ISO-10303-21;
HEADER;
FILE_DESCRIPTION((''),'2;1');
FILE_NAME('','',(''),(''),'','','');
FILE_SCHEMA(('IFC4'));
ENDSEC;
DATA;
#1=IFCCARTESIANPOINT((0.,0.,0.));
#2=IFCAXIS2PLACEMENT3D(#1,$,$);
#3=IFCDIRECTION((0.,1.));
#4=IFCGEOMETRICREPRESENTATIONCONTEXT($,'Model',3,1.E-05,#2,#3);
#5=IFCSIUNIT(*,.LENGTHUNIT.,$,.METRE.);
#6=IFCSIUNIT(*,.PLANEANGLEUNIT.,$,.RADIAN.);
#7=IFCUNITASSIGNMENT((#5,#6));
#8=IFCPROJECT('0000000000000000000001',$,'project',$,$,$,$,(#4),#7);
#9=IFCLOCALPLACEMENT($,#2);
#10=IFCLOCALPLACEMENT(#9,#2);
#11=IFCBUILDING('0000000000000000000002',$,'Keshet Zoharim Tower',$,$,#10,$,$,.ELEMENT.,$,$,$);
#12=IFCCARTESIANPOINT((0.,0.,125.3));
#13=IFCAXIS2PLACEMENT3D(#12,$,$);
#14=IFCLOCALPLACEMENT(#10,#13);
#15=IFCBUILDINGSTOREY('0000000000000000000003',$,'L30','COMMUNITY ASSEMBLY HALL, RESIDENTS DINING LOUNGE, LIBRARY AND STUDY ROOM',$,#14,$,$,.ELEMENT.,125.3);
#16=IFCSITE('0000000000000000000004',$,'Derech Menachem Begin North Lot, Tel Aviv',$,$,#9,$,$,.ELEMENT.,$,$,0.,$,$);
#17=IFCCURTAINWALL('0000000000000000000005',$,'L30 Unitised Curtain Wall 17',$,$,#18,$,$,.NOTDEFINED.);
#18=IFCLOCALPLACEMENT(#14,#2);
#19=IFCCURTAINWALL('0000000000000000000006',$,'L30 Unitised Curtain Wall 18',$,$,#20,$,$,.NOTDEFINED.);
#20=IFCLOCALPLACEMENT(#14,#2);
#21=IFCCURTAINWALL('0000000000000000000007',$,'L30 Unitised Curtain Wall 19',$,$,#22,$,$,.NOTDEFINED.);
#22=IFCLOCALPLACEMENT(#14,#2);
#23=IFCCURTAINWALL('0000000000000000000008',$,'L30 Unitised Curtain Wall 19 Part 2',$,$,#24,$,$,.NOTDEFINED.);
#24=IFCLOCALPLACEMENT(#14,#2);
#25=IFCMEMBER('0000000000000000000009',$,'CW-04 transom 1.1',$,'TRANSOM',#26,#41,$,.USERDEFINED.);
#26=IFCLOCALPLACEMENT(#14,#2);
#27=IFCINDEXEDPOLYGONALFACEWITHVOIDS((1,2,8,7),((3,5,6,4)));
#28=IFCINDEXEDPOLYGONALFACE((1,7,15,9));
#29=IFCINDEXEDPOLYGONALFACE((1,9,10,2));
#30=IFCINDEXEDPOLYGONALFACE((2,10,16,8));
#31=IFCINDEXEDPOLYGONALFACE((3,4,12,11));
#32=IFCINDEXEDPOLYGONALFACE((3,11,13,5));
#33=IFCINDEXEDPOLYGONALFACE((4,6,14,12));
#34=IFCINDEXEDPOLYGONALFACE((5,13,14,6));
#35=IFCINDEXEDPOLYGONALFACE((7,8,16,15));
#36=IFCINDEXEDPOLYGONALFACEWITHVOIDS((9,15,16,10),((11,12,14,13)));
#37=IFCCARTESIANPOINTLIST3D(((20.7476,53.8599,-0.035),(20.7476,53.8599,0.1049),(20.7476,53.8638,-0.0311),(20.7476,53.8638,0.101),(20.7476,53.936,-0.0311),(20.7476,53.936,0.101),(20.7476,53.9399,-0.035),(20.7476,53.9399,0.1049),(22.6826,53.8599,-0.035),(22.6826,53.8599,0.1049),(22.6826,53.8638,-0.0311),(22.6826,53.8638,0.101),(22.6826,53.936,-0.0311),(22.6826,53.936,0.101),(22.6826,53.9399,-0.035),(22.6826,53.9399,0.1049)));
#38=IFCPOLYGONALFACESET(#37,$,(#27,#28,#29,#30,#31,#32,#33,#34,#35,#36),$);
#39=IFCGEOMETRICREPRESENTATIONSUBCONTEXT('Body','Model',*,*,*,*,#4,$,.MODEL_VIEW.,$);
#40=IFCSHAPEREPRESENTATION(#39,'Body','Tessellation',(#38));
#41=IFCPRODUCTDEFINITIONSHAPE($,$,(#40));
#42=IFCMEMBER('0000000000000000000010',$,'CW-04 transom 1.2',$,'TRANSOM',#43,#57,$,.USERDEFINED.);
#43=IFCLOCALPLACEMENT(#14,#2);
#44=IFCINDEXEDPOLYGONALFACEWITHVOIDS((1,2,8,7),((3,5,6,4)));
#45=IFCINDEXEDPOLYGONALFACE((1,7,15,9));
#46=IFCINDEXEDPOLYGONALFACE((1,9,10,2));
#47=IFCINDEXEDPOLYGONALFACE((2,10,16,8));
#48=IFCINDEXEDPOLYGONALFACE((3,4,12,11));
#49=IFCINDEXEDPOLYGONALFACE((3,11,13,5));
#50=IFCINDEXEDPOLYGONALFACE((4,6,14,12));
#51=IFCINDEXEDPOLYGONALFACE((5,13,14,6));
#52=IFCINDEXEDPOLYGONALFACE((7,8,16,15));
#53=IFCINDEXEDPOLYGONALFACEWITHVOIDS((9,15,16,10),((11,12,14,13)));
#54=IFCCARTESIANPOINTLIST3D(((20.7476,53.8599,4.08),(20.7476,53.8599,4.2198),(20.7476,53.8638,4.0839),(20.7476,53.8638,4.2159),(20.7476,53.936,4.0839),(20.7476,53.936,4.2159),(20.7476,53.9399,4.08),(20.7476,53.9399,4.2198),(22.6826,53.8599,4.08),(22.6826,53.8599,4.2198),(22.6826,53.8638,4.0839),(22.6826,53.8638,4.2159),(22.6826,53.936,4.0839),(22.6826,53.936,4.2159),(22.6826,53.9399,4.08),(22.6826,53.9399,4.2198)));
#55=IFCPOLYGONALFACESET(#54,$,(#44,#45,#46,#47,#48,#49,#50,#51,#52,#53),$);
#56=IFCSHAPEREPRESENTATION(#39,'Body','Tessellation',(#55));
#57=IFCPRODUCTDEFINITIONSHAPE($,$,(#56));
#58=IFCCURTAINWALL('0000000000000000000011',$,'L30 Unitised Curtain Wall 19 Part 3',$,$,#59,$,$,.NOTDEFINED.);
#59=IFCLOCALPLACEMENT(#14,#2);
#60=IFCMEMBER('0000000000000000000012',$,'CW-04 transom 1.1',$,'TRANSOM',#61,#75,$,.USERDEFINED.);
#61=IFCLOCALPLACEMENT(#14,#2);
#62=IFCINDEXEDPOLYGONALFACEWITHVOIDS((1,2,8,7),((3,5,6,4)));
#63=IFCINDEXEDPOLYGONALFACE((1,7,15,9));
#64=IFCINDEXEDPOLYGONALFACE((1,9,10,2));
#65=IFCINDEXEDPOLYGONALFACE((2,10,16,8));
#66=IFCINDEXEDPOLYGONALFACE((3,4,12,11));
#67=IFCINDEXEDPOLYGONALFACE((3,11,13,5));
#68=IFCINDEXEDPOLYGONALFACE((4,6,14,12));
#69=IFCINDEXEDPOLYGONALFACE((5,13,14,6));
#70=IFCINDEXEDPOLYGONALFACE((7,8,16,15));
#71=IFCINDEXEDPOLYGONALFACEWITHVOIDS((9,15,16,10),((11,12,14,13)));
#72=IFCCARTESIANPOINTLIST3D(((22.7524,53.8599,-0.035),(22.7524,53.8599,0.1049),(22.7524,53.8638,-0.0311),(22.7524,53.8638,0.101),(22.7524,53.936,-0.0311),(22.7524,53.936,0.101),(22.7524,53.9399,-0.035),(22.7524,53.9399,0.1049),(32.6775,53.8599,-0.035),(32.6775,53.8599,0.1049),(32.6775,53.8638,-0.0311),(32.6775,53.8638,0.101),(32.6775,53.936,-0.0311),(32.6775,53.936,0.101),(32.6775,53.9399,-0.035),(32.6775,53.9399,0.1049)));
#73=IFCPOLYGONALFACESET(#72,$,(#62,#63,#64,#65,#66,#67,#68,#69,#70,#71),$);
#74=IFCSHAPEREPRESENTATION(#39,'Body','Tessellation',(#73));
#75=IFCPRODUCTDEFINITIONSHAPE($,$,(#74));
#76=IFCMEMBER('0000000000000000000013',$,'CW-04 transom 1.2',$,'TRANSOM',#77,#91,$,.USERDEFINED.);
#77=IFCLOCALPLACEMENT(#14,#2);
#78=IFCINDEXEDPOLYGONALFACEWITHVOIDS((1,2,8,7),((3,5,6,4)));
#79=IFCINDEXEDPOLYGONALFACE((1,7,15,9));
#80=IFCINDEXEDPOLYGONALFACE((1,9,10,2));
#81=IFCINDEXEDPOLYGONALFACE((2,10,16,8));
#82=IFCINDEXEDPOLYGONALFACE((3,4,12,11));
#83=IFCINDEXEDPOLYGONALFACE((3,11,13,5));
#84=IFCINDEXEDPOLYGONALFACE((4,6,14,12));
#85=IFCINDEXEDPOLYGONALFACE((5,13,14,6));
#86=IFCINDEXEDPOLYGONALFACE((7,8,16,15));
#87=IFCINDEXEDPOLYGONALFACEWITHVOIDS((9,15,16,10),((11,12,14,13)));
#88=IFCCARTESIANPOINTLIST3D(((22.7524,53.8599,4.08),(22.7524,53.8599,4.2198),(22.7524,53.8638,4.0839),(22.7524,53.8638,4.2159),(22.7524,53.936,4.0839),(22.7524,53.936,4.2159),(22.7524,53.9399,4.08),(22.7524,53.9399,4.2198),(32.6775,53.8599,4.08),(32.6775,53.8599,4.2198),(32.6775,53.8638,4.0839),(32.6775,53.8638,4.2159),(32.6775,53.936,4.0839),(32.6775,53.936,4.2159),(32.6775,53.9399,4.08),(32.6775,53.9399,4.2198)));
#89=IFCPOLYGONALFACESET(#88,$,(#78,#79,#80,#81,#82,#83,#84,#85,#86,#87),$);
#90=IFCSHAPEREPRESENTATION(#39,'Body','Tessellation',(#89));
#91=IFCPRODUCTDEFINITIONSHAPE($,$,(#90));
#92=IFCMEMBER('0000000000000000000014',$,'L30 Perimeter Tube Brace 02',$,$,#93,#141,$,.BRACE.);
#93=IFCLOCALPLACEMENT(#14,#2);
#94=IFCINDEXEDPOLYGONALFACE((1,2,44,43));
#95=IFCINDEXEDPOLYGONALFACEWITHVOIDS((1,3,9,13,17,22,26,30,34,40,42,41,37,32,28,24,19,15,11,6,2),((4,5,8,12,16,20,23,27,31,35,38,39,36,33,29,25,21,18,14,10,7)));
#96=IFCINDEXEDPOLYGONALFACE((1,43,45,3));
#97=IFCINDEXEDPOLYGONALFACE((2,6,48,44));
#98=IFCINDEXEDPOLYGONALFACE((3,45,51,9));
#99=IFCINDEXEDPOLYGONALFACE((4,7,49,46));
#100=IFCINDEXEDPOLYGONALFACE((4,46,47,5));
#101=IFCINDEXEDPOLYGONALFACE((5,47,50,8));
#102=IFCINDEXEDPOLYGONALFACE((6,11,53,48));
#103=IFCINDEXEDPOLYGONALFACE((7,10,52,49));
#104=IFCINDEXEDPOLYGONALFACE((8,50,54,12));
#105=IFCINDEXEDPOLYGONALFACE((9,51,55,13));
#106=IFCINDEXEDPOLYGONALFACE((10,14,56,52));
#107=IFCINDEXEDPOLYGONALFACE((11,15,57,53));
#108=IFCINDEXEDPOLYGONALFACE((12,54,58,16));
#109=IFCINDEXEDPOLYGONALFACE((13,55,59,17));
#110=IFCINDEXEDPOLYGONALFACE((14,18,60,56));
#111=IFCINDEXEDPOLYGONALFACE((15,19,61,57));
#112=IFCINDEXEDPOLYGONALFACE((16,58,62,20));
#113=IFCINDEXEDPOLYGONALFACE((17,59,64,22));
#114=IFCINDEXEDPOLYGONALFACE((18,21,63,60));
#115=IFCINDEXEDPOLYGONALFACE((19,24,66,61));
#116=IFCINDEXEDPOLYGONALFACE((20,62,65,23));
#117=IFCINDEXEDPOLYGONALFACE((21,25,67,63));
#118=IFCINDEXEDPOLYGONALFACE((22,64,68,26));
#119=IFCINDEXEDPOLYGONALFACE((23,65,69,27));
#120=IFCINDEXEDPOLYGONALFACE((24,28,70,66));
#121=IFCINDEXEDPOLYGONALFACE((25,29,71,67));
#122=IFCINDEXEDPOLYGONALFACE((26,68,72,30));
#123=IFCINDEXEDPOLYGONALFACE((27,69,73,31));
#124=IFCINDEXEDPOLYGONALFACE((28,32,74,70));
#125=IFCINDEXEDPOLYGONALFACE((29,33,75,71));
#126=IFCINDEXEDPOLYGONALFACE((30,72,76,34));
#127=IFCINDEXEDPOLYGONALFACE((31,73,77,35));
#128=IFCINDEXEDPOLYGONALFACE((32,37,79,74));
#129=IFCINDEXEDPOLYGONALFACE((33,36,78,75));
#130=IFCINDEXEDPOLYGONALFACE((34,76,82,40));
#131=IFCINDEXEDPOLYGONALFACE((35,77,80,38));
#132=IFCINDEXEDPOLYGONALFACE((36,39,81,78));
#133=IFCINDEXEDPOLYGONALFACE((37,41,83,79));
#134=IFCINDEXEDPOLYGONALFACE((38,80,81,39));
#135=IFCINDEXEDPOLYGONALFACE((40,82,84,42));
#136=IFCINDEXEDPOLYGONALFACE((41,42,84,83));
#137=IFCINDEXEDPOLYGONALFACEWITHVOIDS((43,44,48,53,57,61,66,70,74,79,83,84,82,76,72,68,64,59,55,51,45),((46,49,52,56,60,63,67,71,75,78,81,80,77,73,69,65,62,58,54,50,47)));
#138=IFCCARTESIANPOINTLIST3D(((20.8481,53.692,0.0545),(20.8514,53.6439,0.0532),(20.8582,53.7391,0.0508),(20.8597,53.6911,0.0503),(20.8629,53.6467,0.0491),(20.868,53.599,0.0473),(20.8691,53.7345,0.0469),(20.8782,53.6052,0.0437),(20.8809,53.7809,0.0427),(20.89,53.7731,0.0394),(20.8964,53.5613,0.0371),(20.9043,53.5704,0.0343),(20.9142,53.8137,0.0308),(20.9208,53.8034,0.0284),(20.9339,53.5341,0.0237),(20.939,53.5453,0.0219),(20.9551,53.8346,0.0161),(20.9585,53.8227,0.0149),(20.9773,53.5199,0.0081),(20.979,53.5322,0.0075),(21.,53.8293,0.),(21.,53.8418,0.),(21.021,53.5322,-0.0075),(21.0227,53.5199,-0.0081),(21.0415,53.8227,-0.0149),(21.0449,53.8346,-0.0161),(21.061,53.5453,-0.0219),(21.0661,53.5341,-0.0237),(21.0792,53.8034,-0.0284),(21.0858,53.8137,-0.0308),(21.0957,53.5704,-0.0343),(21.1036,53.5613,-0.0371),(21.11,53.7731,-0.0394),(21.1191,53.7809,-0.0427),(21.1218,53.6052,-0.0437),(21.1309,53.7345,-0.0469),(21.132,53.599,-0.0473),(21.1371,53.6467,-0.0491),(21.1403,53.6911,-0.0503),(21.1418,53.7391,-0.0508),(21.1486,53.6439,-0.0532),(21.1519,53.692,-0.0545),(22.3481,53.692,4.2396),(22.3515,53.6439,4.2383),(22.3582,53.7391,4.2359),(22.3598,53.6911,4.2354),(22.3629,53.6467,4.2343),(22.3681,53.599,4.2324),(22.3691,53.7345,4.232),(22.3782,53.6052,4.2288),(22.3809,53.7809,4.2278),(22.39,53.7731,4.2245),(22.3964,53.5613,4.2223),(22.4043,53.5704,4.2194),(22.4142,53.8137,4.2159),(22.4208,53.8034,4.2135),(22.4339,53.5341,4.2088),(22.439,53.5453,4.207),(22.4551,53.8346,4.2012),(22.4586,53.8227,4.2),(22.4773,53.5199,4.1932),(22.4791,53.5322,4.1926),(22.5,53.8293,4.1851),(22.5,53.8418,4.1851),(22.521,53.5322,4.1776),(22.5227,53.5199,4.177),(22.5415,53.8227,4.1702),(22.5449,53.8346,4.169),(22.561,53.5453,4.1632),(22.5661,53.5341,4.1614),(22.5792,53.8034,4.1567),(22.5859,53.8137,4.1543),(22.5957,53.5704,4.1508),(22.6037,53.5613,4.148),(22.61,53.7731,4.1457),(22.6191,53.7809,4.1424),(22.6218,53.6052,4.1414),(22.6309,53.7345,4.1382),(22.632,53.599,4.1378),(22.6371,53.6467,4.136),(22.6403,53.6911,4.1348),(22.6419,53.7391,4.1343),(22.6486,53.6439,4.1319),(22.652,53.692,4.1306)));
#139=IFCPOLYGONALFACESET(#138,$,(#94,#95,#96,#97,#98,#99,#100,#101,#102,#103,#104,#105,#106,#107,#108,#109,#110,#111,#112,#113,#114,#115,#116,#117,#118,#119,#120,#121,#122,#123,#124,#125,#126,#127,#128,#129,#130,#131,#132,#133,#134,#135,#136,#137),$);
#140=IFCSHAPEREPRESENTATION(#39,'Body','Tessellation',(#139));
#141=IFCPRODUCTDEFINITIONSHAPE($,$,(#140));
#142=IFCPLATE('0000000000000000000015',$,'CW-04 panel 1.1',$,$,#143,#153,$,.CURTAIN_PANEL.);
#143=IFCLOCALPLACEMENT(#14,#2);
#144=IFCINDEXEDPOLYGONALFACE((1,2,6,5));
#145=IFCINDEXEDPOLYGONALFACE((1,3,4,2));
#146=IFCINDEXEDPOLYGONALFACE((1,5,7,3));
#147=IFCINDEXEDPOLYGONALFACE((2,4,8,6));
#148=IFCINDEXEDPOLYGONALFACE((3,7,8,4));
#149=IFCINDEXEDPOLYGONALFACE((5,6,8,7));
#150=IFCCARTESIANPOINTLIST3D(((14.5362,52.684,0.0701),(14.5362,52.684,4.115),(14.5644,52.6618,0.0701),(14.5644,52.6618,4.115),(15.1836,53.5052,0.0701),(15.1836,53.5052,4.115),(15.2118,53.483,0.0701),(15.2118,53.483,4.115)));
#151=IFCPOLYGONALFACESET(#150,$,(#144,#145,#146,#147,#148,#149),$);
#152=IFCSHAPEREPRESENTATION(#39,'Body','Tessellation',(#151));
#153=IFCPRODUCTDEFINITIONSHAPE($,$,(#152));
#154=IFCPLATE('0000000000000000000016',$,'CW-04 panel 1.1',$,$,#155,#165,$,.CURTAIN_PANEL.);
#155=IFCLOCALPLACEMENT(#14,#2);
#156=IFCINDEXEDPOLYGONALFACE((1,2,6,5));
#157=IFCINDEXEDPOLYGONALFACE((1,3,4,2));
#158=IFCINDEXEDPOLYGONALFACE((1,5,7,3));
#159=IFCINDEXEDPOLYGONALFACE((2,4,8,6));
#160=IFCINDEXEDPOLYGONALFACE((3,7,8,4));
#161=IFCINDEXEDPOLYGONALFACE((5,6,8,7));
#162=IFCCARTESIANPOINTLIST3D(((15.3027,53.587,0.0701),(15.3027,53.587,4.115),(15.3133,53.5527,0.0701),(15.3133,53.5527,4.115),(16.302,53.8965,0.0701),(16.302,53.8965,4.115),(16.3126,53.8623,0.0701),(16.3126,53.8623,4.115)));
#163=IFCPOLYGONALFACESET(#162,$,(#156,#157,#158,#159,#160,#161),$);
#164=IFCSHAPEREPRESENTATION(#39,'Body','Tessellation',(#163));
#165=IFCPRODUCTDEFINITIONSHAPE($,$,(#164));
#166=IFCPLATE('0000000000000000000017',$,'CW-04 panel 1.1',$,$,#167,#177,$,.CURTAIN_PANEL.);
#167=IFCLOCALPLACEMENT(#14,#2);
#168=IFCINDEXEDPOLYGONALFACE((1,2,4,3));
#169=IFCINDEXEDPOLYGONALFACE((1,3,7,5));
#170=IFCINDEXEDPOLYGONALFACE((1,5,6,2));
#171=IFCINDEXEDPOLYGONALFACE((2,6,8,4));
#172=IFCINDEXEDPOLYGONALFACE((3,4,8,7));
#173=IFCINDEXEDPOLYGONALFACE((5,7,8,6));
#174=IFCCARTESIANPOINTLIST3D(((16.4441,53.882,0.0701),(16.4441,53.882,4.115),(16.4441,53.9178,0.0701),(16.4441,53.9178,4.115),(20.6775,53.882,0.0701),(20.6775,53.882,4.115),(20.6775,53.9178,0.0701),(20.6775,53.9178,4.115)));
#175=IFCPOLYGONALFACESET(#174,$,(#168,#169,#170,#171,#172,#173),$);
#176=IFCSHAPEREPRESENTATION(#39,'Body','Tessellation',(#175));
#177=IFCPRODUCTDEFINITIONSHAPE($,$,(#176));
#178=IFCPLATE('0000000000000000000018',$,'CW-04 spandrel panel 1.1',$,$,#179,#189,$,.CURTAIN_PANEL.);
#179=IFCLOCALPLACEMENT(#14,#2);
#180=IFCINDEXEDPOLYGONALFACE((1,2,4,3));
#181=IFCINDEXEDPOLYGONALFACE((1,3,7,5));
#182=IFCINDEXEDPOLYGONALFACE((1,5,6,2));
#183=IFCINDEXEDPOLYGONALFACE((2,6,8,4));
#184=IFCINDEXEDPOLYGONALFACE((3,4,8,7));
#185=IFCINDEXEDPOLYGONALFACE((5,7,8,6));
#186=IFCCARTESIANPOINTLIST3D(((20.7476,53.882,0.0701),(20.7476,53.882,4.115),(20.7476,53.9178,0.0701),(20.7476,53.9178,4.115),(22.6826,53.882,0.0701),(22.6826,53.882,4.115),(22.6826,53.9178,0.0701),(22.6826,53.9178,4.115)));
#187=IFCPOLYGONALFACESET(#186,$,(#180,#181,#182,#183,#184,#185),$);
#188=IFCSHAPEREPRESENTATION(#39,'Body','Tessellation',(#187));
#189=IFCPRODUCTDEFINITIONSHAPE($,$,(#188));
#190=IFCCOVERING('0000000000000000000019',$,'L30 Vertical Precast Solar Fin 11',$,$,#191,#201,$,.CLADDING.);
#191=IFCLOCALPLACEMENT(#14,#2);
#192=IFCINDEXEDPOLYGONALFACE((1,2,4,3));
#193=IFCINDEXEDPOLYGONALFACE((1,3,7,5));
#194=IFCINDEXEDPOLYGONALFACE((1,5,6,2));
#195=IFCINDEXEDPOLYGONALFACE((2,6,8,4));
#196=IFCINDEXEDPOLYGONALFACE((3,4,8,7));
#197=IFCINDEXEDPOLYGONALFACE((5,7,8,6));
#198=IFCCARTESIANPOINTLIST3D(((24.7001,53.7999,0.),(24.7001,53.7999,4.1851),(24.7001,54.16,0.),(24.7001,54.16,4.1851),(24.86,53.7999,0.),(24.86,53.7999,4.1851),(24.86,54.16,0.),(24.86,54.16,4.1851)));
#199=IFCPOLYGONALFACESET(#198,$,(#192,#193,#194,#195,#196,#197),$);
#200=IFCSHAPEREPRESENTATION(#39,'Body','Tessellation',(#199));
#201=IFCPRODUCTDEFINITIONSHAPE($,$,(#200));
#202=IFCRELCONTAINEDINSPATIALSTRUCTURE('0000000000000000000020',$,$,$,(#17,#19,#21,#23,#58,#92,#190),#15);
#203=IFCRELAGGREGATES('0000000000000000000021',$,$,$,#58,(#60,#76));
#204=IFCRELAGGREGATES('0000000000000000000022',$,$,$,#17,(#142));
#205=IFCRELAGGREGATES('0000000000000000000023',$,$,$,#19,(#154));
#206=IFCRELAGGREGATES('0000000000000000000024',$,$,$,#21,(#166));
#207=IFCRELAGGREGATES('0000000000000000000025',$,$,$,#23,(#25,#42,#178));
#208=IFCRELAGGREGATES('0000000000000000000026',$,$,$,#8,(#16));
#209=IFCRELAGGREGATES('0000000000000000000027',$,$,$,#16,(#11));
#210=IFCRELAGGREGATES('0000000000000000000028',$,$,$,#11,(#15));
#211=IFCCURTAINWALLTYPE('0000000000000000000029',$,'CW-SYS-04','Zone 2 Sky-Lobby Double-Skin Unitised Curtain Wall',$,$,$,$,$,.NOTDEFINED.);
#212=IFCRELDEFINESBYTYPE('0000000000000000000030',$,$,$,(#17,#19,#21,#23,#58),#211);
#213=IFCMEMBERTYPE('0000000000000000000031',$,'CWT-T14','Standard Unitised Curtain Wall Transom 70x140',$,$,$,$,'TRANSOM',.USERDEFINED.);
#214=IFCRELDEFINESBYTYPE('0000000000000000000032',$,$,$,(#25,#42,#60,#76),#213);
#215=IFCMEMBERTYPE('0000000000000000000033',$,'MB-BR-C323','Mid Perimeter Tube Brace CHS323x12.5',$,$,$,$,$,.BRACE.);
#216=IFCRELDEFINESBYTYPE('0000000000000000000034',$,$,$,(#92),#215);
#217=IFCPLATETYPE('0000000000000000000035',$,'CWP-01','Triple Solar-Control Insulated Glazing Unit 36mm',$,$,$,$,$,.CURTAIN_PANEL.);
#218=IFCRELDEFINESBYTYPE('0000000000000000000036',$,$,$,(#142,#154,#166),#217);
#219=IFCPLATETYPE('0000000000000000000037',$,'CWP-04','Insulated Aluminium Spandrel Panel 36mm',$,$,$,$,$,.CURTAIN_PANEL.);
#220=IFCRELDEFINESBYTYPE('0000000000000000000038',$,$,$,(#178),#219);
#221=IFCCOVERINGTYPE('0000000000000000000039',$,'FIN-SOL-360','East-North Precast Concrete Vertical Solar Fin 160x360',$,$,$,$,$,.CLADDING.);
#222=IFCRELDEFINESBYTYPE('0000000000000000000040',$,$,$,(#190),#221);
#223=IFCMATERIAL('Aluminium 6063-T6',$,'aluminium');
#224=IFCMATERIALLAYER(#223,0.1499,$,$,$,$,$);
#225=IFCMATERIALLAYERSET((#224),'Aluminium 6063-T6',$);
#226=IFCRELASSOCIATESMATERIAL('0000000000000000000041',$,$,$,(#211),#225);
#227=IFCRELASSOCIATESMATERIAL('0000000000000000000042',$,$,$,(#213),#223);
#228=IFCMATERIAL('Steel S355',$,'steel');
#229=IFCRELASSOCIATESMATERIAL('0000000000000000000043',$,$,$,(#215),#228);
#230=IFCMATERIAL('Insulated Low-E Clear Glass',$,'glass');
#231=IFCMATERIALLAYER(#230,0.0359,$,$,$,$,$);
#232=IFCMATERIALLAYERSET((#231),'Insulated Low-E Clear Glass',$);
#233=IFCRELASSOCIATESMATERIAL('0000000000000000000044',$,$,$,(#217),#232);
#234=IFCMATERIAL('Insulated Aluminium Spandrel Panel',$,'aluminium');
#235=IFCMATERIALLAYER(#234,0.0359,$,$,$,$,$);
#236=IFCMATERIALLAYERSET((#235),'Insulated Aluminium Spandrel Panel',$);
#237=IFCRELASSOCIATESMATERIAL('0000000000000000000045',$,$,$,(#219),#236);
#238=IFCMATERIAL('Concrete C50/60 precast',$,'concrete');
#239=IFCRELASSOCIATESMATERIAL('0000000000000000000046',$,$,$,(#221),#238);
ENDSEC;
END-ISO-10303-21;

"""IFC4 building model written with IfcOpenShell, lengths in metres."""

from ifc_helpers import new_model, si_unit, direction, frame, origin, origin_2d, place, context, subcontext, project, spatial, rectangle, hollow_rectangle, hollow_circle, extrude, material, layer, layer_set, material_profile, profile_set, type_object, element, aggregate, save


model = new_model("IFC4")

# Units and contexts
model_context = context("Model", 3, precision=1e-05, world=origin(), true_north=direction((0.0, 1.0)))
body_context = subcontext(model_context, "Body", "Model", "MODEL_VIEW")
ifc_project = project(units=[si_unit("LENGTHUNIT", "METRE"), si_unit("PLANEANGLEUNIT", "RADIAN")], contexts=[model_context])

# Site, building, storey
site_placement = place(None, origin())
site = spatial("IfcSite", under=ifc_project, at=site_placement, Name="Derech Menachem Begin North Lot, Tel Aviv", CompositionType="ELEMENT", RefElevation=0.0)
building_placement = place(site_placement, origin())
building = spatial("IfcBuilding", under=site, at=building_placement, Name="Keshet Zoharim Tower", CompositionType="ELEMENT")
storey_placement = place(building_placement, frame((0.0, 0.0, 125.3)))
storey = spatial("IfcBuildingStorey", under=building, at=storey_placement, Name="L30", Description="COMMUNITY ASSEMBLY HALL, RESIDENTS DINING LOUNGE, LIBRARY AND STUDY ROOM", CompositionType="ELEMENT", Elevation=125.3)

# Shared definitions
ifc_material_1 = material(Name="Steel S355", Category="steel")

# Curtain wall
ifc_material_2 = material(Name="Aluminium 6063-T6", Category="aluminium")
ifc_layer_1 = layer(ifc_material_2, 0.1499)
ifc_layer_set_1 = layer_set([ifc_layer_1], Name="Aluminium 6063-T6")
curtain_wall_type = type_object("IfcCurtainWallType", Name="CW-SYS-04", Description="Zone 2 Sky-Lobby Double-Skin Unitised Curtain Wall", PredefinedType="NOTDEFINED", material=ifc_layer_set_1)
curtain_wall_1_placement = place(storey_placement, origin())
curtain_wall_1 = element("IfcCurtainWall", 1, at=curtain_wall_1_placement, inside=storey, type_object=curtain_wall_type, Name="L30 Unitised Curtain Wall 17", PredefinedType="NOTDEFINED")

# Curtain walls
curtain_wall_2_placement = place(storey_placement, origin())
curtain_wall_2 = element("IfcCurtainWall", 2, at=curtain_wall_2_placement, inside=storey, type_object=curtain_wall_type, Name="L30 Unitised Curtain Wall 18", PredefinedType="NOTDEFINED")
curtain_wall_3_placement = place(storey_placement, origin())
curtain_wall_3 = element("IfcCurtainWall", 3, at=curtain_wall_3_placement, inside=storey, type_object=curtain_wall_type, Name="L30 Unitised Curtain Wall 19", PredefinedType="NOTDEFINED")

# Curtain wall
curtain_wall_4_placement = place(storey_placement, origin())
curtain_wall_4 = element("IfcCurtainWall", 4, at=curtain_wall_4_placement, inside=storey, type_object=curtain_wall_type, Name="L30 Unitised Curtain Wall 19 Part 2", PredefinedType="NOTDEFINED")

# Members
ifc_material_profile_1 = material_profile(ifc_material_2, hollow_rectangle(XDim=0.0801, YDim=0.1399, WallThickness=0.0039, at=origin_2d()), Name="TRN-80x140")
ifc_profile_set_1 = profile_set([ifc_material_profile_1], Name="Aluminium 6063-T6")
member_type_1 = type_object("IfcMemberType", Name="CWT-T14", Description="Standard Unitised Curtain Wall Transom 70x140", ElementType="TRANSOM", PredefinedType="USERDEFINED", material=ifc_profile_set_1)
member_1_placement = place(storey_placement, frame((20.7476, 53.8999, 0.0349), z_axis=(1.0, 0.0, 0.0), x_axis=(0.0, 1.0, 0.0)))
member_1 = element("IfcMember", 5, at=member_1_placement, type_object=member_type_1, Name="CW-04 transom 1.1", ObjectType="TRANSOM", PredefinedType="USERDEFINED", context=body_context, shape_type="SweptSolid", body=[
    extrude(hollow_rectangle(XDim=0.0801, YDim=0.1399, WallThickness=0.0039, at=origin_2d()), origin(), (0.0, 0.0, 1.0), 1.9351),
])
member_2_placement = place(storey_placement, frame((20.7476, 53.8999, 4.1499), z_axis=(1.0, 0.0, 0.0), x_axis=(0.0, 1.0, 0.0)))
member_2 = element("IfcMember", 6, at=member_2_placement, type_object=member_type_1, Name="CW-04 transom 1.2", ObjectType="TRANSOM", PredefinedType="USERDEFINED", context=body_context, shape_type="SweptSolid", body=[
    extrude(hollow_rectangle(XDim=0.0801, YDim=0.1399, WallThickness=0.0039, at=origin_2d()), origin(), (0.0, 0.0, 1.0), 1.9351),
])

# Curtain wall, members
curtain_wall_5_placement = place(storey_placement, origin())
curtain_wall_5 = element("IfcCurtainWall", 7, at=curtain_wall_5_placement, inside=storey, type_object=curtain_wall_type, Name="L30 Unitised Curtain Wall 19 Part 3", PredefinedType="NOTDEFINED")
member_3_placement = place(storey_placement, frame((22.7524, 53.8999, 0.0349), z_axis=(1.0, 0.0, 0.0), x_axis=(0.0, 1.0, 0.0)))
member_3 = element("IfcMember", 8, at=member_3_placement, type_object=member_type_1, Name="CW-04 transom 1.1", ObjectType="TRANSOM", PredefinedType="USERDEFINED", context=body_context, shape_type="SweptSolid", body=[
    extrude(hollow_rectangle(XDim=0.0801, YDim=0.1399, WallThickness=0.0039, at=origin_2d()), origin(), (0.0, 0.0, 1.0), 9.925),
])
member_4_placement = place(storey_placement, frame((22.7524, 53.8999, 4.1499), z_axis=(1.0, 0.0, 0.0), x_axis=(0.0, 1.0, 0.0)))
member_4 = element("IfcMember", 9, at=member_4_placement, type_object=member_type_1, Name="CW-04 transom 1.2", ObjectType="TRANSOM", PredefinedType="USERDEFINED", context=body_context, shape_type="SweptSolid", body=[
    extrude(hollow_rectangle(XDim=0.0801, YDim=0.1399, WallThickness=0.0039, at=origin_2d()), origin(), (0.0, 0.0, 1.0), 9.925),
])
aggregate(curtain_wall_5, [member_3, member_4])

# Member
ifc_material_profile_2 = material_profile(ifc_material_1, hollow_circle(Radius=0.1619, WallThickness=0.0125, at=origin_2d()), Name="CHS323x12.5")
ifc_profile_set_2 = profile_set([ifc_material_profile_2], Name="Steel S355")
member_type_2 = type_object("IfcMemberType", Name="MB-BR-C323", Description="Mid Perimeter Tube Brace CHS323x12.5", PredefinedType="BRACE", material=ifc_profile_set_2)
member_5_placement = place(storey_placement, frame((21.0, 53.6799, 0.0), z_axis=(0.337401, 0.0, 0.941361), x_axis=(0.0, 1.0, 0.0)))
element("IfcMember", 10, at=member_5_placement, inside=storey, type_object=member_type_2, Name="L30 Perimeter Tube Brace 02", PredefinedType="BRACE", context=body_context, shape_type="SweptSolid", body=[
    extrude(hollow_circle(Radius=0.1619, WallThickness=0.0125, at=origin_2d()), origin(), (0.0, 0.0, 1.0), 4.4458),
])

# Plates
ifc_material_3 = material(Name="Insulated Low-E Clear Glass", Category="glass")
ifc_layer_2 = layer(ifc_material_3, 0.0359)
ifc_layer_set_2 = layer_set([ifc_layer_2], Name="Insulated Low-E Clear Glass")
plate_type_1 = type_object("IfcPlateType", Name="CWP-01", Description="Triple Solar-Control Insulated Glazing Unit 36mm", PredefinedType="CURTAIN_PANEL", material=ifc_layer_set_2)
plate_1_placement = place(storey_placement, frame((14.874, 53.0835, 0.0701), z_axis=(0.0, 0.0, 1.0), x_axis=(0.619125, 0.785293, 0.0)))
plate_1 = element("IfcPlate", 11, at=plate_1_placement, type_object=plate_type_1, Name="CW-04 panel 1.1", PredefinedType="CURTAIN_PANEL", context=body_context, shape_type="SweptSolid", body=[
    extrude(rectangle(XDim=1.0457, YDim=0.0359, at=origin_2d()), origin(), (0.0, 0.0, 1.0), 4.0449),
])
aggregate(curtain_wall_1, [plate_1])
plate_2_placement = place(storey_placement, frame((15.8076, 53.7246, 0.0701), z_axis=(0.0, 0.0, 1.0), x_axis=(0.955212, 0.295922, 0.0)))
plate_2 = element("IfcPlate", 12, at=plate_2_placement, type_object=plate_type_1, Name="CW-04 panel 1.1", PredefinedType="CURTAIN_PANEL", context=body_context, shape_type="SweptSolid", body=[
    extrude(rectangle(XDim=1.0461, YDim=0.0359, at=origin_2d()), origin(), (0.0, 0.0, 1.0), 4.0449),
])
aggregate(curtain_wall_2, [plate_2])
plate_3_placement = place(storey_placement, frame((18.5608, 53.8999, 0.0701), z_axis=(0.0, 0.0, 1.0), x_axis=(1.0, 0.0, 0.0)))
plate_3 = element("IfcPlate", 13, at=plate_3_placement, type_object=plate_type_1, Name="CW-04 panel 1.1", PredefinedType="CURTAIN_PANEL", context=body_context, shape_type="SweptSolid", body=[
    extrude(rectangle(XDim=4.2334, YDim=0.0359, at=origin_2d()), origin(), (0.0, 0.0, 1.0), 4.0449),
])
aggregate(curtain_wall_3, [plate_3])
ifc_material_4 = material(Name="Insulated Aluminium Spandrel Panel", Category="aluminium")
ifc_layer_3 = layer(ifc_material_4, 0.0359)
ifc_layer_set_3 = layer_set([ifc_layer_3], Name="Insulated Aluminium Spandrel Panel")
plate_type_2 = type_object("IfcPlateType", Name="CWP-04", Description="Insulated Aluminium Spandrel Panel 36mm", PredefinedType="CURTAIN_PANEL", material=ifc_layer_set_3)
plate_4_placement = place(storey_placement, frame((21.7151, 53.8999, 0.0701), z_axis=(0.0, 0.0, 1.0), x_axis=(1.0, 0.0, 0.0)))
plate_4 = element("IfcPlate", 14, at=plate_4_placement, type_object=plate_type_2, Name="CW-04 spandrel panel 1.1", PredefinedType="CURTAIN_PANEL", context=body_context, shape_type="SweptSolid", body=[
    extrude(rectangle(XDim=1.9351, YDim=0.0359, at=origin_2d()), origin(), (0.0, 0.0, 1.0), 4.0449),
])
aggregate(curtain_wall_4, [member_1, member_2, plate_4])

# Covering
ifc_material_5 = material(Name="Concrete C50/60 precast", Category="concrete")
covering_type = type_object("IfcCoveringType", Name="FIN-SOL-360", Description="East-North Precast Concrete Vertical Solar Fin 160x360", PredefinedType="CLADDING", material=ifc_material_5)
covering_placement = place(storey_placement, frame((24.78, 53.98, 0.0), z_axis=(0.0, 0.0, 1.0), x_axis=(1.0, 0.0, 0.0)))
element("IfcCovering", 15, at=covering_placement, inside=storey, type_object=covering_type, Name="L30 Vertical Precast Solar Fin 11", PredefinedType="CLADDING", context=body_context, shape_type="SweptSolid", body=[
    extrude(rectangle(XDim=0.1599, YDim=0.3601, at=origin_2d()), origin(), (0.0, 0.0, 1.0), 4.1851),
])

save(model, "model.ifc")
